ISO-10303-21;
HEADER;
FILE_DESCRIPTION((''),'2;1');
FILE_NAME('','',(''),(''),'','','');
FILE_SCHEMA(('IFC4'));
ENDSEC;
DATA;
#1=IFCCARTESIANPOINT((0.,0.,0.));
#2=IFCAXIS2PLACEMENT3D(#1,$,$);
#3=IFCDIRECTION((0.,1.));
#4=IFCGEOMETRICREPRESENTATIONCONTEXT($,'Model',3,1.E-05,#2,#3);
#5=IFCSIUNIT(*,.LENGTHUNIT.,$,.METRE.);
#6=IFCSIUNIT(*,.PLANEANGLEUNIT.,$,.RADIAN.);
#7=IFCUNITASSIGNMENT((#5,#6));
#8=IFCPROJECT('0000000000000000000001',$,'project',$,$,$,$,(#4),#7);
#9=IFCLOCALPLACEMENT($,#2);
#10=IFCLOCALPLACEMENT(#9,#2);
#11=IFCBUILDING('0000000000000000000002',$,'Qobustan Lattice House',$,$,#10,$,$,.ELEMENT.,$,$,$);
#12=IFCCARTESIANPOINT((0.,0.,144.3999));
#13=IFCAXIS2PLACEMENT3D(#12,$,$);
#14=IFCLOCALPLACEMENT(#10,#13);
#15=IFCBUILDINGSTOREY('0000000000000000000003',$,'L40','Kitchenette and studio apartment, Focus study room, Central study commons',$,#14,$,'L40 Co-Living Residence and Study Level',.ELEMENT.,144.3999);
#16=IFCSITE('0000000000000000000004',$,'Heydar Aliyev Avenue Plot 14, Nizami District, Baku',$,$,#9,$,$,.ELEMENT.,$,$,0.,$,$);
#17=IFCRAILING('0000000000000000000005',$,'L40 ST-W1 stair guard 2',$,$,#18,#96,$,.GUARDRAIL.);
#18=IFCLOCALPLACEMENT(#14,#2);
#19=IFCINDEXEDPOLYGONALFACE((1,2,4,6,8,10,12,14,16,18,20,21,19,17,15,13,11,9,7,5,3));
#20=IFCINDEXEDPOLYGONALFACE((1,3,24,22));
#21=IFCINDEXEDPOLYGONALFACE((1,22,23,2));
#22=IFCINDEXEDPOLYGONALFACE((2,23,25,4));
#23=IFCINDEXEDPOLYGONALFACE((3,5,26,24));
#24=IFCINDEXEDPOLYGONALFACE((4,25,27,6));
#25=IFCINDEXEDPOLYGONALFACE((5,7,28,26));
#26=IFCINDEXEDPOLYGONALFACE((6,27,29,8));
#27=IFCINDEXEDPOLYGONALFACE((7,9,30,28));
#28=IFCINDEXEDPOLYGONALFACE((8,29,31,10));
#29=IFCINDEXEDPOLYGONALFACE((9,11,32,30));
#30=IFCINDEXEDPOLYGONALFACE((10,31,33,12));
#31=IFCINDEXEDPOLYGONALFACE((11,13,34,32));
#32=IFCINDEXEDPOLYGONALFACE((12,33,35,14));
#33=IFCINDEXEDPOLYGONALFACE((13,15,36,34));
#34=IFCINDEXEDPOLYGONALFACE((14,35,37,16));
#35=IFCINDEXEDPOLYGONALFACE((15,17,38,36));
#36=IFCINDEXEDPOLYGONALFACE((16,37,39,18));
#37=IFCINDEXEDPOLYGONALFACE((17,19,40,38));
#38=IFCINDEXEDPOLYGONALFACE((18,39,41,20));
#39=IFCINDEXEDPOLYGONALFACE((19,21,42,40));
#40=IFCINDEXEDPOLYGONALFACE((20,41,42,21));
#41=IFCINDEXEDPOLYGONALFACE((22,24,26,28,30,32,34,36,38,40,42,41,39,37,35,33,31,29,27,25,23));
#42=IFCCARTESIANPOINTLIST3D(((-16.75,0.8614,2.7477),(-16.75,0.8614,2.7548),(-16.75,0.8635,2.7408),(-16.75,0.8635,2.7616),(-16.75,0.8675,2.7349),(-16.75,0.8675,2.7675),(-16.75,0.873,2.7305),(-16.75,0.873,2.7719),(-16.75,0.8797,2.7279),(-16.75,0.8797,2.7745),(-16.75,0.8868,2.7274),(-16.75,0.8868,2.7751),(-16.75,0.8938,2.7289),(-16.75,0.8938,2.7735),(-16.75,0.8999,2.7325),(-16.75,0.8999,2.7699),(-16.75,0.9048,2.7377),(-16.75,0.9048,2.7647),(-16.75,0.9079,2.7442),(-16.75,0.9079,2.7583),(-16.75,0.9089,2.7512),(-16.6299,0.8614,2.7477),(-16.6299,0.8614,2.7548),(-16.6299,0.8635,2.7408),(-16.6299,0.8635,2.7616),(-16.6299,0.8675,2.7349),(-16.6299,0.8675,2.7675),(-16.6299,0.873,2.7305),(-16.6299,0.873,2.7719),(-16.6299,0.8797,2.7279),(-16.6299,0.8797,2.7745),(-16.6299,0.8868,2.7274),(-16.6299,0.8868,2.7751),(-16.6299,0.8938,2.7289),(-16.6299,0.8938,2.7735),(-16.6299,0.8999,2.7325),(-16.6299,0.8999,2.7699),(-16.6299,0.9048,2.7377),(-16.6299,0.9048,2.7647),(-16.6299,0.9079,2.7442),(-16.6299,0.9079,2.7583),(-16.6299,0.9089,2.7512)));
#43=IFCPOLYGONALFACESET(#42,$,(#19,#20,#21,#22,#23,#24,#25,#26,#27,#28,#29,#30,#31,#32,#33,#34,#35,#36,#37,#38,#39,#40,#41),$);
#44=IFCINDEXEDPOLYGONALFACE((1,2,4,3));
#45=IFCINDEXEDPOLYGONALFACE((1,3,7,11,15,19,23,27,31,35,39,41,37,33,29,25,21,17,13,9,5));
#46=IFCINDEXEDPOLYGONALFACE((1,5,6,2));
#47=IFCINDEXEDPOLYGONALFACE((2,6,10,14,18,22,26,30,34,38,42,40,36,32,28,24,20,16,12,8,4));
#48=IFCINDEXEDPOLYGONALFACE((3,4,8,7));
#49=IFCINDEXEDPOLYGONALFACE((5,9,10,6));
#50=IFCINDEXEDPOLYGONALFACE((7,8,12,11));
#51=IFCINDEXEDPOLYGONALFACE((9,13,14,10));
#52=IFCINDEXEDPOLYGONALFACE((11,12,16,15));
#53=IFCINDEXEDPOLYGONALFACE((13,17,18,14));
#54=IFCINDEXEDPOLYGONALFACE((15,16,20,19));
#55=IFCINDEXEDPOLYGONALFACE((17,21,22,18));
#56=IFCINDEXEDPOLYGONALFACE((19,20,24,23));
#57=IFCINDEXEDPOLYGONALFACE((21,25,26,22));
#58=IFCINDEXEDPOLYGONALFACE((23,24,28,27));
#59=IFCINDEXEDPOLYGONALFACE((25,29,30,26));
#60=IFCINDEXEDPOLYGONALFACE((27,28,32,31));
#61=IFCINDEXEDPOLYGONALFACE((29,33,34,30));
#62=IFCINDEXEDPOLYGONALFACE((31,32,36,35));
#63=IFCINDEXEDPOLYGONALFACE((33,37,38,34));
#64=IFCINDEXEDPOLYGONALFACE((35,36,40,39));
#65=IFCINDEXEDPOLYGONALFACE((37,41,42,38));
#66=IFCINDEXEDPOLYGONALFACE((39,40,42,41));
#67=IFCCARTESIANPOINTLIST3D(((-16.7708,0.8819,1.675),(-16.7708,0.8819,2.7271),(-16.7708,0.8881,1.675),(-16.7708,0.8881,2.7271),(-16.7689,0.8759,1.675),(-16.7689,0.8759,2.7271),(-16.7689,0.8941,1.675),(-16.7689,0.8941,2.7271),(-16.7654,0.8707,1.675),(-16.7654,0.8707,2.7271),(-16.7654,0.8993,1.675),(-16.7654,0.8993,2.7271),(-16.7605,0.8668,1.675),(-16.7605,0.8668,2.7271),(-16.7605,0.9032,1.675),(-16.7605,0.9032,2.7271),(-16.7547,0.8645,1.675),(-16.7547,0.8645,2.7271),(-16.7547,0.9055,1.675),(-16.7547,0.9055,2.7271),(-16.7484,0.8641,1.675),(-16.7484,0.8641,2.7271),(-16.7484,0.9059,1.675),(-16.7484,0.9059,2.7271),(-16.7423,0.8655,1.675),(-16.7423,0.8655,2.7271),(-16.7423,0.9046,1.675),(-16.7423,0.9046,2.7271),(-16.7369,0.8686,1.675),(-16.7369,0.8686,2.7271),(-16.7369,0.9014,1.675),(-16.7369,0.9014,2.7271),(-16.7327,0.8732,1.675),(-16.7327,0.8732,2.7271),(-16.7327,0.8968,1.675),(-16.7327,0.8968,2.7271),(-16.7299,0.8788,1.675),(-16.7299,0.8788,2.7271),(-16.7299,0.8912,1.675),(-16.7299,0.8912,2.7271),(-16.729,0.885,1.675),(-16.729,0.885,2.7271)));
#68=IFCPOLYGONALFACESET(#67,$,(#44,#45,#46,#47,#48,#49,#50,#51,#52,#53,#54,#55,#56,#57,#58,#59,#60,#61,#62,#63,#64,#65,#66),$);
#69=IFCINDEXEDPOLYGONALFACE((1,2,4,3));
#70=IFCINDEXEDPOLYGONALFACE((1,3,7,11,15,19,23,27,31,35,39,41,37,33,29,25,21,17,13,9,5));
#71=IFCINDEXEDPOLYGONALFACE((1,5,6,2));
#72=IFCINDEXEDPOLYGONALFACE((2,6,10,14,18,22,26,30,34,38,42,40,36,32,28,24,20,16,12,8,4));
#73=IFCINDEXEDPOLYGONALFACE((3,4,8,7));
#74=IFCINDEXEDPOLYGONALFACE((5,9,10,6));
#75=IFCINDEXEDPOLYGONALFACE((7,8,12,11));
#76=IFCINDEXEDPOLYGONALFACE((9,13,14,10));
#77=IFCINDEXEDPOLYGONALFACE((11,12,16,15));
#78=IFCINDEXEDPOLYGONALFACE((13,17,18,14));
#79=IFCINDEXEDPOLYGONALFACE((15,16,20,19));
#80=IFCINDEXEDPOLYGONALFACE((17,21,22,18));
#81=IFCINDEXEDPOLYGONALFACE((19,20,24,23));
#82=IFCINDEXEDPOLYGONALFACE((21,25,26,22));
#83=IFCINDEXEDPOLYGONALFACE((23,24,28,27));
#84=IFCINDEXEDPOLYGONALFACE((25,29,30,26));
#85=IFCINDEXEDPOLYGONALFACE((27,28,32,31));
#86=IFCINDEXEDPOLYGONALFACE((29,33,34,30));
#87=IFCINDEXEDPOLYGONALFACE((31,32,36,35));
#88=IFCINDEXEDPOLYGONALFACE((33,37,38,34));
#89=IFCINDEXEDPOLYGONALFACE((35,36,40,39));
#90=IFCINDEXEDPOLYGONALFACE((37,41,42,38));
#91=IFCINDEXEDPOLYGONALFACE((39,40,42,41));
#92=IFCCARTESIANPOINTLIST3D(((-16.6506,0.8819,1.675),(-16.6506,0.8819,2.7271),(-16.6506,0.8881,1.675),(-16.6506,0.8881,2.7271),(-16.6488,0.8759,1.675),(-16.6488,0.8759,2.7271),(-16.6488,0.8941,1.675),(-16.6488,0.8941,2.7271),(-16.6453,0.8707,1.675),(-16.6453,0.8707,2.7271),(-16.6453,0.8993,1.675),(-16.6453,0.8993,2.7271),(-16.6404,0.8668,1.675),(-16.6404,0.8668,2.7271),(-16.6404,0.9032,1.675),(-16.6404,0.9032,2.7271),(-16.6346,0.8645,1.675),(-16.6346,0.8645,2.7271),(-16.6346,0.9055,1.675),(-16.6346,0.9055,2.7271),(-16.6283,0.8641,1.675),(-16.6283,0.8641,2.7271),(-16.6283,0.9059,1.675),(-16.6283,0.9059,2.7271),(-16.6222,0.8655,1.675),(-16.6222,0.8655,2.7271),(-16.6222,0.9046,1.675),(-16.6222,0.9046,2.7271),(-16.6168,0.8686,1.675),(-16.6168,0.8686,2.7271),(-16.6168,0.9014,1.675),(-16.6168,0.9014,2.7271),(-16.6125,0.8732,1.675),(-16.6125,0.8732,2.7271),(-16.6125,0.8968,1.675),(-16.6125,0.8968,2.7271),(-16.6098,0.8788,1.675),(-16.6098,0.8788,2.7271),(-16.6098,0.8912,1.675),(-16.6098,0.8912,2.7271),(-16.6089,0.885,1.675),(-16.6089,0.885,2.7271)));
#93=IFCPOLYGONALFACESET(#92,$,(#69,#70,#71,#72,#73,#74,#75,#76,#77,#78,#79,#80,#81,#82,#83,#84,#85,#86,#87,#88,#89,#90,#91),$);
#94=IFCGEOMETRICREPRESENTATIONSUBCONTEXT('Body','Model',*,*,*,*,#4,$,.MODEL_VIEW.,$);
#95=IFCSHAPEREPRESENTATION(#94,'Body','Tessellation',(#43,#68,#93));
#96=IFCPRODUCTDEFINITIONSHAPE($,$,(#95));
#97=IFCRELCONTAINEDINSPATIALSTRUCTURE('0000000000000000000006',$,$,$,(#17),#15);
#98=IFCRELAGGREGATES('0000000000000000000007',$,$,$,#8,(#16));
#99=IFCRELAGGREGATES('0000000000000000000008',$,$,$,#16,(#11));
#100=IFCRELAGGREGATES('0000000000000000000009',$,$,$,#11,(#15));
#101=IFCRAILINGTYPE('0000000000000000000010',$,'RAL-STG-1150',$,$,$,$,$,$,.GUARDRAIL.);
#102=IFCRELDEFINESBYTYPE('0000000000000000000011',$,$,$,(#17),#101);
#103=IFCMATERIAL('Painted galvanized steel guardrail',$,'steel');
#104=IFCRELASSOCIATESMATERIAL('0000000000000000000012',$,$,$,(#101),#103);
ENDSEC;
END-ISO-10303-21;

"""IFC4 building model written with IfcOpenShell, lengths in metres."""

from ifc_helpers import new_model, si_unit, direction, frame, origin, origin_2d, place, context, subcontext, project, spatial, circle, extrude, material, type_object, element, save


model = new_model("IFC4")

# Units and contexts
model_context = context("Model", 3, precision=1e-05, world=origin(), true_north=direction((0.0, 1.0)))
body_context = subcontext(model_context, "Body", "Model", "MODEL_VIEW")
ifc_project = project(units=[si_unit("LENGTHUNIT", "METRE"), si_unit("PLANEANGLEUNIT", "RADIAN")], contexts=[model_context])

# Site, building, storey
site_placement = place(None, origin())
site = spatial("IfcSite", under=ifc_project, at=site_placement, Name="Heydar Aliyev Avenue Plot 14, Nizami District, Baku", CompositionType="ELEMENT", RefElevation=0.0)
building_placement = place(site_placement, origin())
building = spatial("IfcBuilding", under=site, at=building_placement, Name="Qobustan Lattice House", CompositionType="ELEMENT")
storey_placement = place(building_placement, frame((0.0, 0.0, 144.3999)))
storey = spatial("IfcBuildingStorey", under=building, at=storey_placement, Name="L40", Description="Kitchenette and studio apartment, Focus study room, Central study commons", LongName="L40 Co-Living Residence and Study Level", CompositionType="ELEMENT", Elevation=144.3999)

# Railing
ifc_material_1 = material(Name="Painted galvanized steel guardrail", Category="steel")
railing_type_1 = type_object("IfcRailingType", Name="RAL-STG-1150", PredefinedType="GUARDRAIL", material=ifc_material_1)
railing_1_placement = place(storey_placement, frame((-16.75, 0.885, 1.675)))
element("IfcRailing", 1, at=railing_1_placement, inside=storey, type_object=railing_type_1, Name="L40 ST-W1 stair guard 2", PredefinedType="GUARDRAIL", context=body_context, shape_type="SweptSolid", body=[
    extrude(circle(Radius=0.0239, at=origin_2d()), frame((0.0, 0.0, 1.0762), z_axis=(1.0, 0.0, 0.0), x_axis=(0.0, 1.0, 0.0)), (0.0, 0.0, 1.0), 0.1201),
    extrude(circle(Radius=0.021, at=origin_2d()), origin(), (0.0, 0.0, 1.0), 1.052),
    extrude(circle(Radius=0.021, at=origin_2d()), frame((0.1201, 0.0, 0.0)), (0.0, 0.0, 1.0), 1.052),
])

save(model, "model.ifc")
